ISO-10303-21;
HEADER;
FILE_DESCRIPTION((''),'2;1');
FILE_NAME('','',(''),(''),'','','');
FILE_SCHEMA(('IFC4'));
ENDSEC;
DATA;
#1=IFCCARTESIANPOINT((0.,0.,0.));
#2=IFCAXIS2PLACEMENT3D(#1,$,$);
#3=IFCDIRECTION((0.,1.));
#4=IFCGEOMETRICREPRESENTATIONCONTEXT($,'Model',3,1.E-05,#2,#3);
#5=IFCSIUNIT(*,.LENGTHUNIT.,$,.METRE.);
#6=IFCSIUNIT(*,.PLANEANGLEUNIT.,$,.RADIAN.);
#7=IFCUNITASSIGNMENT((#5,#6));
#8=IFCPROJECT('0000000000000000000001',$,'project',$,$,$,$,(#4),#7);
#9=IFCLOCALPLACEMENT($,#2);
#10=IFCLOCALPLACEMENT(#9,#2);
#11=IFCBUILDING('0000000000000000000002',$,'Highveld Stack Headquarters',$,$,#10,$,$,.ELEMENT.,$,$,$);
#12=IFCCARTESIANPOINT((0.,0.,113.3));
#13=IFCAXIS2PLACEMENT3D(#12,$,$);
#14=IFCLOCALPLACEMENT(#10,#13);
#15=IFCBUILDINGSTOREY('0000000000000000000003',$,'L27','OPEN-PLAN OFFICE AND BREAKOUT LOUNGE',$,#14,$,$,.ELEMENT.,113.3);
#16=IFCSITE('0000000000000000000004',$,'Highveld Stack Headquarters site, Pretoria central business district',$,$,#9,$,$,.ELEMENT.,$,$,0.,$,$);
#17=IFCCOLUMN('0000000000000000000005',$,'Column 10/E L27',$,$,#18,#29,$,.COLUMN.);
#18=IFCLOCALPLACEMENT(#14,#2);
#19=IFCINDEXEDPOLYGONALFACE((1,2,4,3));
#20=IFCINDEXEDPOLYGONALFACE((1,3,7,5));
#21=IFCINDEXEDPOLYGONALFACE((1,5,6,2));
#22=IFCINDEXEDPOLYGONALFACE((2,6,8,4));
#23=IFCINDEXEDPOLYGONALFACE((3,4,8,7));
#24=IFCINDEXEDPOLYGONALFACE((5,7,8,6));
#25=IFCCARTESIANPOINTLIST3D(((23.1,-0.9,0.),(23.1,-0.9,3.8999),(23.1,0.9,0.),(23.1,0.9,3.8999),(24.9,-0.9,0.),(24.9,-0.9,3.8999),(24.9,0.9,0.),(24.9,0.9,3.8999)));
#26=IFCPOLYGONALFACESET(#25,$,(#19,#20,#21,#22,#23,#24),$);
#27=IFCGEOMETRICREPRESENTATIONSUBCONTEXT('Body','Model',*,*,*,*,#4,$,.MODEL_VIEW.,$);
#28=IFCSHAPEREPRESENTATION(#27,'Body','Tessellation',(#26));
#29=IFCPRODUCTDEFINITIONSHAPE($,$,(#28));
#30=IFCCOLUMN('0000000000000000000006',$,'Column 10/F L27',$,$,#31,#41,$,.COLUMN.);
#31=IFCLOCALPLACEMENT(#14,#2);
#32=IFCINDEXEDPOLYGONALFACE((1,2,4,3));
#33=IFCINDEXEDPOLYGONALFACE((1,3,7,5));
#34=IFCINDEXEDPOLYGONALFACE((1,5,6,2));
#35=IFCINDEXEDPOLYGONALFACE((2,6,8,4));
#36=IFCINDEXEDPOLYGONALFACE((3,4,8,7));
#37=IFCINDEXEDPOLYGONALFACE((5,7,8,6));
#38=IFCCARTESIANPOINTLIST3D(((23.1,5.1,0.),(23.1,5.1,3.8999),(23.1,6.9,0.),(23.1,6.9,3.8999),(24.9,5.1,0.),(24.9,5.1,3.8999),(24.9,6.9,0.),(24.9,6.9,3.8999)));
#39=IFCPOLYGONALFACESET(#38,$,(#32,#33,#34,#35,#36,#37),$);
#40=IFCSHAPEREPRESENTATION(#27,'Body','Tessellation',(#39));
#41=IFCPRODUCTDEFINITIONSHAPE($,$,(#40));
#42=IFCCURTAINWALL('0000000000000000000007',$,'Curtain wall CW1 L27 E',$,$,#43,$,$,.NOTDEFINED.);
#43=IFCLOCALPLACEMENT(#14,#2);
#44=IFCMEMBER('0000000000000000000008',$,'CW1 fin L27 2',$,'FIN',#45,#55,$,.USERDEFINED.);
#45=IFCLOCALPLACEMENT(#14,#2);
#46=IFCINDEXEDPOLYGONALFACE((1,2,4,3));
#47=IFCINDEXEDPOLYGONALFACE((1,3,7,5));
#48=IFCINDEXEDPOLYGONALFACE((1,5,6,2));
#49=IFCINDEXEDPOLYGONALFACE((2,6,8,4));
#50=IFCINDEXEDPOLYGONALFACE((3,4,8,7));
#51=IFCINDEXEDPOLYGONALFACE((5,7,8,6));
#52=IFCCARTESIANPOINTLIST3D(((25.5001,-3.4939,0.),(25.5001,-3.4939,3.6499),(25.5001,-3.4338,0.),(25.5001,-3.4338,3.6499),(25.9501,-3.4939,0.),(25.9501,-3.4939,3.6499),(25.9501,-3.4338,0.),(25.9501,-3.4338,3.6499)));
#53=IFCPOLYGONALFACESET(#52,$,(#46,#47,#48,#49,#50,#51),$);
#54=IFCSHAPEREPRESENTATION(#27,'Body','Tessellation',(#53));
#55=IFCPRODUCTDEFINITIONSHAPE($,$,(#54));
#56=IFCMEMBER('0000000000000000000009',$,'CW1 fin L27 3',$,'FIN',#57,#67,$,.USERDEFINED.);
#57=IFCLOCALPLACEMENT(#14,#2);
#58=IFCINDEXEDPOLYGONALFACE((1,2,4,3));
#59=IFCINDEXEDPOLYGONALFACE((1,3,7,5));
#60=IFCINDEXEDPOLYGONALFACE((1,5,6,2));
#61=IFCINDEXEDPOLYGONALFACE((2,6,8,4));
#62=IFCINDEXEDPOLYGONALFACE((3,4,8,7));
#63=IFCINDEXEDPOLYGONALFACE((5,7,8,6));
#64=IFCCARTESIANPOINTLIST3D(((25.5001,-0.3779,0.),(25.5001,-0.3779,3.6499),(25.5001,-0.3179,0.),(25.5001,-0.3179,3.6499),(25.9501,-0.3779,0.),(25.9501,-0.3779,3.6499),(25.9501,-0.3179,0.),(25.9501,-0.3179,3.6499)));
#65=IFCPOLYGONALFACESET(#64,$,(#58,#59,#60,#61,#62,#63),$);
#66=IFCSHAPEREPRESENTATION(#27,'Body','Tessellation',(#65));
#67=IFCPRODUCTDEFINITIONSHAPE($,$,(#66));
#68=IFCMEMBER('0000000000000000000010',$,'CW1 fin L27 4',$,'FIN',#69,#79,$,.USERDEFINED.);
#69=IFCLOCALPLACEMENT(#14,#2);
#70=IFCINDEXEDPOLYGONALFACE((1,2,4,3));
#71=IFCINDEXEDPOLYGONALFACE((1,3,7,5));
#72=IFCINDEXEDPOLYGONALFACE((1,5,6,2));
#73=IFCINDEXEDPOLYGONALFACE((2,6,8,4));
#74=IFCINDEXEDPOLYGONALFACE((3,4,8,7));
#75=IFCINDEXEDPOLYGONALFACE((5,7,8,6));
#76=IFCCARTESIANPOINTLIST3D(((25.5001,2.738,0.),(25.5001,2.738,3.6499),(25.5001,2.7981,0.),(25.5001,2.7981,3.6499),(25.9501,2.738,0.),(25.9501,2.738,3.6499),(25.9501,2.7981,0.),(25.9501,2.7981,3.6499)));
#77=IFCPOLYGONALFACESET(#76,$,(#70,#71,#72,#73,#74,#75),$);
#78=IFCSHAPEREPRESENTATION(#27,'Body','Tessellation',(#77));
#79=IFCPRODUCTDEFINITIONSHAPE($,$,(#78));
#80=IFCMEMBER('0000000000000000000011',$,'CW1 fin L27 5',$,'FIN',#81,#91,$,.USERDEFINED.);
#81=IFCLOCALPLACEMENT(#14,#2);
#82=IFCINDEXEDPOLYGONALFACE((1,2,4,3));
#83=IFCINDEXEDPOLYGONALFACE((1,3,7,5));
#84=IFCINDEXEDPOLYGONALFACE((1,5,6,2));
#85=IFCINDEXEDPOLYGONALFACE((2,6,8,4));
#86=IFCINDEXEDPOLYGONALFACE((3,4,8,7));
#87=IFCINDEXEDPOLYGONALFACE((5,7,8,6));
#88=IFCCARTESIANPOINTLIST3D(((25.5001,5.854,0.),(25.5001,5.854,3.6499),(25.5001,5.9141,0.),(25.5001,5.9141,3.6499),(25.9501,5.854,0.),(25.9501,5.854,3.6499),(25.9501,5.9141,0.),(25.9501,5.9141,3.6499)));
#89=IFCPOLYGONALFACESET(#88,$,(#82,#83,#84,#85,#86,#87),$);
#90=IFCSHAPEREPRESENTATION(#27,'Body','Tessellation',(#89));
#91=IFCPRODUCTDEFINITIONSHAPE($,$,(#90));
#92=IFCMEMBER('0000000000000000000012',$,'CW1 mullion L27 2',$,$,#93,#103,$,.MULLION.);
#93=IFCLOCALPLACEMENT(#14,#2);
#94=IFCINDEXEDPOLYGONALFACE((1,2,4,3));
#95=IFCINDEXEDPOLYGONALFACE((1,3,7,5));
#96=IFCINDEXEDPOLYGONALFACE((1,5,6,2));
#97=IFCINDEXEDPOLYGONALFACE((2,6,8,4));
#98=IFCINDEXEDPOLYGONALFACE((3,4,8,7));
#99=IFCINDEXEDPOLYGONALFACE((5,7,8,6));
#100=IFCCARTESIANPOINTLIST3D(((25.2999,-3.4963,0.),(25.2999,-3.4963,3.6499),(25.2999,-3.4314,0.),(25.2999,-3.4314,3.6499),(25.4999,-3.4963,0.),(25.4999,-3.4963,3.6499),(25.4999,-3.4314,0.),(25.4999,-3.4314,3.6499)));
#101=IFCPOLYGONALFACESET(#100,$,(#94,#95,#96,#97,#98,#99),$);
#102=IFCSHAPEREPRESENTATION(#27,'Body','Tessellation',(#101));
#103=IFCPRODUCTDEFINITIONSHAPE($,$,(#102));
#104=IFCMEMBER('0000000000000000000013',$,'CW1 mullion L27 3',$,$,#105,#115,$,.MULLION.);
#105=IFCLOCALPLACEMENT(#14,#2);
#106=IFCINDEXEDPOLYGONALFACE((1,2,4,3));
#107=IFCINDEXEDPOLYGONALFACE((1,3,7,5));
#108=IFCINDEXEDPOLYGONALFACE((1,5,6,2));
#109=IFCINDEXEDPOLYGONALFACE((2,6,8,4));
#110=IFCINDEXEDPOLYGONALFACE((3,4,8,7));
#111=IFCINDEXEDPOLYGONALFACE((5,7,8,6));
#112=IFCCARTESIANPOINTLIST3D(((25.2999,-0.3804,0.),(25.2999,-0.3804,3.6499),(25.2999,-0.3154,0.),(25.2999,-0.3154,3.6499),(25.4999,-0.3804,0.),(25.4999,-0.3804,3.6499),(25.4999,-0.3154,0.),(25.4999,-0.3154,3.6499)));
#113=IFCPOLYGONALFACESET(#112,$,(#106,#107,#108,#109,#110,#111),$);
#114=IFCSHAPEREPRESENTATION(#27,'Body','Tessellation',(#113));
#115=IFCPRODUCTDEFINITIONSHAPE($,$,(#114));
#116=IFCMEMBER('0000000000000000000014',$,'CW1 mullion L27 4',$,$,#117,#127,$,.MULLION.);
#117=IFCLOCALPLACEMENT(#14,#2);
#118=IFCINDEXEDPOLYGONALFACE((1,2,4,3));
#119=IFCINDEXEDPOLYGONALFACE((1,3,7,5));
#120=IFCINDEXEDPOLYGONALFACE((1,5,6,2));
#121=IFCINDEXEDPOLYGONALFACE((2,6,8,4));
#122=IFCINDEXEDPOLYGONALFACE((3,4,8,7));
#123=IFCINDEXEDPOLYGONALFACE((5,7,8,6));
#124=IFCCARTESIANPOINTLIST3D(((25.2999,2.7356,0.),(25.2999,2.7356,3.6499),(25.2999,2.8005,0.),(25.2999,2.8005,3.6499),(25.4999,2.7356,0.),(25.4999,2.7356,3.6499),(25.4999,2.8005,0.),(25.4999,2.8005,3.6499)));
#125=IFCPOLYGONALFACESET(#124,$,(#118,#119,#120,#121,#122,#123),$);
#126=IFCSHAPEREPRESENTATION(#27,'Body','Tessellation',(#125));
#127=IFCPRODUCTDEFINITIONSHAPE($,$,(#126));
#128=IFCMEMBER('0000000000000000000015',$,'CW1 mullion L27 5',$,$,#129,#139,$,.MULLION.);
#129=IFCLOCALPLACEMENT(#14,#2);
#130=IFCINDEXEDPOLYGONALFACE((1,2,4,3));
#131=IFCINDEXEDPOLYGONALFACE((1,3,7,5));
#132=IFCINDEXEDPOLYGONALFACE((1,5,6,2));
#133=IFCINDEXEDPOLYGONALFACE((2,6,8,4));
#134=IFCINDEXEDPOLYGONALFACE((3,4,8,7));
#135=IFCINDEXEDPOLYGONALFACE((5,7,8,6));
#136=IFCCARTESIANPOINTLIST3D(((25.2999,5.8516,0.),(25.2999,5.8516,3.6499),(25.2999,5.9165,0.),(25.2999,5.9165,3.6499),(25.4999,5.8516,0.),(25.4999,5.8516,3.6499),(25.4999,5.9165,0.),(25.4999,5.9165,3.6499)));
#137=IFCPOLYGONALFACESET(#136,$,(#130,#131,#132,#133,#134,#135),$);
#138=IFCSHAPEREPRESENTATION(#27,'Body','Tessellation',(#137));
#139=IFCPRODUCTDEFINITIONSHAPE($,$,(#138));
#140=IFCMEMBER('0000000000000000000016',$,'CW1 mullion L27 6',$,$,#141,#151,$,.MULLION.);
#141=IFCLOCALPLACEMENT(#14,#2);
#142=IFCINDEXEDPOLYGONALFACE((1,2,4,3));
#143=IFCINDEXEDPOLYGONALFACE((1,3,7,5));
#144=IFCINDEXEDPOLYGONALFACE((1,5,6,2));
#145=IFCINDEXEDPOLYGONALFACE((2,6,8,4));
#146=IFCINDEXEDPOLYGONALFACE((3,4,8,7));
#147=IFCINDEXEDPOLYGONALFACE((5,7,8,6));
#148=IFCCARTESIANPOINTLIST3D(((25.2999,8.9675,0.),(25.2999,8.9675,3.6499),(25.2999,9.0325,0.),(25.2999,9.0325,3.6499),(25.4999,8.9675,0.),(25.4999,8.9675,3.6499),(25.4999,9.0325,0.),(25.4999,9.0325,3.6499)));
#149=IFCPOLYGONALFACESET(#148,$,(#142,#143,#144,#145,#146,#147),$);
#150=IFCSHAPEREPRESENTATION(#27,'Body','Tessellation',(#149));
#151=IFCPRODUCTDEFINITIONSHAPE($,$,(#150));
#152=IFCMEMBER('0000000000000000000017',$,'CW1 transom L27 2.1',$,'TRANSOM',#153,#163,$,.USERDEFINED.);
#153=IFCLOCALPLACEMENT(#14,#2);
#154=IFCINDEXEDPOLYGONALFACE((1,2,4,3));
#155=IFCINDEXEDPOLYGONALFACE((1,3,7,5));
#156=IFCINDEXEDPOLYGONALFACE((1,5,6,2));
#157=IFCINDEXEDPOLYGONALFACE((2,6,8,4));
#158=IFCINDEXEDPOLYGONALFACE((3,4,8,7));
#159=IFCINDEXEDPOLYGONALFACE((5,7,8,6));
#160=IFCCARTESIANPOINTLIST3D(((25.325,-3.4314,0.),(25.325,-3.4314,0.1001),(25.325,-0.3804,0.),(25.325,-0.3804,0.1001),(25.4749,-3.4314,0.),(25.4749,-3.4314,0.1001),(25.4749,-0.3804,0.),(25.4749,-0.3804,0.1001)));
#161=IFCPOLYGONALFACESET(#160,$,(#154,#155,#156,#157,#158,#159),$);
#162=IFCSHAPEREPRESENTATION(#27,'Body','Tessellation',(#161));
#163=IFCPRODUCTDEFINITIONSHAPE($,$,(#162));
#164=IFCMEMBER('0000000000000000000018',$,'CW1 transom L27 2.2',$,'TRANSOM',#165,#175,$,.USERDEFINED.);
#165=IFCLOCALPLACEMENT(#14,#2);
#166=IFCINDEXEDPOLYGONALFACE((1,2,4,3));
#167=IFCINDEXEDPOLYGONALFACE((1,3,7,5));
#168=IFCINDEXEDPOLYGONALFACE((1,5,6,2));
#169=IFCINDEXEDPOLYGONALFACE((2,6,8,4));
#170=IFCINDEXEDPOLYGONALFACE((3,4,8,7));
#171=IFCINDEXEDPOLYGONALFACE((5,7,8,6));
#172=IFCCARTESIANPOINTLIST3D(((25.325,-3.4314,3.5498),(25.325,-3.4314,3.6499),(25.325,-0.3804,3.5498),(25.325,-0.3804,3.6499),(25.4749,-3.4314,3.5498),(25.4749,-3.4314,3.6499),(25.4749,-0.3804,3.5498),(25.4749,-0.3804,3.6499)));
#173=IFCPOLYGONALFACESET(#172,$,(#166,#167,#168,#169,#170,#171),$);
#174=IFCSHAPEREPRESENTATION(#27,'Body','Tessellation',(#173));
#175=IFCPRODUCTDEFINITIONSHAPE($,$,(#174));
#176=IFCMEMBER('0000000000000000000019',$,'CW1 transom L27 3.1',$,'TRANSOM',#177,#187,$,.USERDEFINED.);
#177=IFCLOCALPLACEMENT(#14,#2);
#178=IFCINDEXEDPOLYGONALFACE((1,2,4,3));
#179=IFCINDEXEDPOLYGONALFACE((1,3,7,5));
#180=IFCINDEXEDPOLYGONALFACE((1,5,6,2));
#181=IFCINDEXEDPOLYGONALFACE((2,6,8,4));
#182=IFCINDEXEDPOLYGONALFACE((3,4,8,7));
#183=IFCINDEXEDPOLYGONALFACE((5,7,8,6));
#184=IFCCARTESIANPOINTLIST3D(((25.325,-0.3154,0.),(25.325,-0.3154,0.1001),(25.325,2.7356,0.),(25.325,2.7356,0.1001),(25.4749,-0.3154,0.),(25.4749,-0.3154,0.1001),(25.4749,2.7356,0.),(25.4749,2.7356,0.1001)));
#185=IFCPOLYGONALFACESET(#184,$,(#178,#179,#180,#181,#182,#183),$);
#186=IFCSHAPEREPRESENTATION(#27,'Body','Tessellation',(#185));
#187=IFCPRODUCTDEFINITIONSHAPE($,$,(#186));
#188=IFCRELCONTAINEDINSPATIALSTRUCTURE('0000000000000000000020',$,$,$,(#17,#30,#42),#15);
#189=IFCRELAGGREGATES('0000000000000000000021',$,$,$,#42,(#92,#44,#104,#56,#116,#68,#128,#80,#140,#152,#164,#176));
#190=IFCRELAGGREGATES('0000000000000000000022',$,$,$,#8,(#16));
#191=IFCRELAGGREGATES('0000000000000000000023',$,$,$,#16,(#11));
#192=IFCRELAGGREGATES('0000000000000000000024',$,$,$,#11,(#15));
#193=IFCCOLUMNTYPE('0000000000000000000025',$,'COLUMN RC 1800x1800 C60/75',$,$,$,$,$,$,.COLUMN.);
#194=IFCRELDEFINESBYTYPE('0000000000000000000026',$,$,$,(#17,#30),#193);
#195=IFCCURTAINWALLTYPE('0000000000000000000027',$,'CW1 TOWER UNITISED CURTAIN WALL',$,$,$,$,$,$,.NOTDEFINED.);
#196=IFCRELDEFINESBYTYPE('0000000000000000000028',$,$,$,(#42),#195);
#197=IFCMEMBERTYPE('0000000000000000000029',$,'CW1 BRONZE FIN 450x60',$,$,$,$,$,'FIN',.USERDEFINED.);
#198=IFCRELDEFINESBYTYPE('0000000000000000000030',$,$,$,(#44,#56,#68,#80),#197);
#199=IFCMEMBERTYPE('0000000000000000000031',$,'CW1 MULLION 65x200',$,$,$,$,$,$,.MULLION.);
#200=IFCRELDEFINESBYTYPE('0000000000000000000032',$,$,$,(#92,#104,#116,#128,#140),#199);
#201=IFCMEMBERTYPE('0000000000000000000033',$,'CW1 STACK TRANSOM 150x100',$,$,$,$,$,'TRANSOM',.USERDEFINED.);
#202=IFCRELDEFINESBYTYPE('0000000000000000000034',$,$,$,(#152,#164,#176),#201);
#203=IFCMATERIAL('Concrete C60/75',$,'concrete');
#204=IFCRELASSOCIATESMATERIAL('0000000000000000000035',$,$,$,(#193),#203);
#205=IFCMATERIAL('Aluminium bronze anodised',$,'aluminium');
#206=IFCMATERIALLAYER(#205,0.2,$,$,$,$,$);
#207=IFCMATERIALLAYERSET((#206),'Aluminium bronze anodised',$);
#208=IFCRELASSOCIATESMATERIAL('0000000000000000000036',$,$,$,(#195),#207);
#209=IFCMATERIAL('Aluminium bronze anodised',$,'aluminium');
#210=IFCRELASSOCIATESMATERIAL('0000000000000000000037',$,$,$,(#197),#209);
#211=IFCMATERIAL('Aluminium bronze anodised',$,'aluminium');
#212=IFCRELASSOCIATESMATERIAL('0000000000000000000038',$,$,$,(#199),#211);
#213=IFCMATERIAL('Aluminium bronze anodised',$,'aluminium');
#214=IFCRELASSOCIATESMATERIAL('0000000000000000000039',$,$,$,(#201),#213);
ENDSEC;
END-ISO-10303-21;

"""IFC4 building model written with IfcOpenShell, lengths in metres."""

from ifc_helpers import new_model, si_unit, direction, frame, origin, origin_2d, place, context, subcontext, project, spatial, rectangle, extrude, material, layer, layer_set, material_profile, profile_set, type_object, element, aggregate, save


model = new_model("IFC4")

# Units and contexts
model_context = context("Model", 3, precision=1e-05, world=origin(), true_north=direction((0.0, 1.0)))
body_context = subcontext(model_context, "Body", "Model", "MODEL_VIEW")
ifc_project = project(units=[si_unit("LENGTHUNIT", "METRE"), si_unit("PLANEANGLEUNIT", "RADIAN")], contexts=[model_context])

# Site, building, storey
site_placement = place(None, origin())
site = spatial("IfcSite", under=ifc_project, at=site_placement, Name="Highveld Stack Headquarters site, Pretoria central business district", CompositionType="ELEMENT", RefElevation=0.0)
building_placement = place(site_placement, origin())
building = spatial("IfcBuilding", under=site, at=building_placement, Name="Highveld Stack Headquarters", CompositionType="ELEMENT")
storey_placement = place(building_placement, frame((0.0, 0.0, 113.3)))
storey = spatial("IfcBuildingStorey", under=building, at=storey_placement, Name="L27", Description="OPEN-PLAN OFFICE AND BREAKOUT LOUNGE", CompositionType="ELEMENT", Elevation=113.3)

# Columns
ifc_material_1 = material(Name="Concrete C60/75", Category="concrete")
ifc_material_profile_1 = material_profile(ifc_material_1, rectangle(XDim=1.8, YDim=1.8, at=origin_2d()), Name="RC 1800x1800")
ifc_profile_set_1 = profile_set([ifc_material_profile_1], Name="Concrete C60/75")
column_type = type_object("IfcColumnType", Name="COLUMN RC 1800x1800 C60/75", PredefinedType="COLUMN", material=ifc_profile_set_1)
for number, where, z_axis, x_axis, name in (
    (1, (24.0, 0.0, 0.0), (0.0, 0.0, 1.0), (1.0, 0.0, 0.0), "Column 10/E L27"),
    (2, (24.0, 6.0, 0.0), (0.0, 0.0, 1.0), (1.0, 0.0, 0.0), "Column 10/F L27"),
):
    element("IfcColumn", number, at=place(storey_placement, frame(where, z_axis=z_axis, x_axis=x_axis)), inside=storey, type_object=column_type, Name=name, PredefinedType="COLUMN", context=body_context, shape_type="SweptSolid", body=[
        extrude(rectangle(XDim=1.8, YDim=1.8, at=origin_2d()), origin(), (0.0, 0.0, 1.0), 3.8999),
    ])

# Curtain wall, members
ifc_material_2 = material(Name="Aluminium bronze anodised", Category="aluminium")
ifc_layer_1 = layer(ifc_material_2, 0.2)
ifc_layer_set_1 = layer_set([ifc_layer_1], Name="Aluminium bronze anodised")
curtain_wall_type = type_object("IfcCurtainWallType", Name="CW1 TOWER UNITISED CURTAIN WALL", PredefinedType="NOTDEFINED", material=ifc_layer_set_1)
curtain_wall_placement = place(storey_placement, origin())
curtain_wall = element("IfcCurtainWall", 3, at=curtain_wall_placement, inside=storey, type_object=curtain_wall_type, Name="Curtain wall CW1 L27 E", PredefinedType="NOTDEFINED")
ifc_material_3 = material(Name="Aluminium bronze anodised", Category="aluminium")
ifc_material_profile_2 = material_profile(ifc_material_3, rectangle(XDim=0.45, YDim=0.0601, at=origin_2d()), Name="FIN 450x60")
ifc_profile_set_2 = profile_set([ifc_material_profile_2], Name="Aluminium bronze anodised")
member_type_1 = type_object("IfcMemberType", Name="CW1 BRONZE FIN 450x60", ElementType="FIN", PredefinedType="USERDEFINED", material=ifc_profile_set_2)
member_1_placement = place(storey_placement, frame((25.7251, -3.4639, 0.0), z_axis=(0.0, 0.0, 1.0), x_axis=(-1.0, 0.0, 0.0)))
member_1 = element("IfcMember", 4, at=member_1_placement, type_object=member_type_1, Name="CW1 fin L27 2", ObjectType="FIN", PredefinedType="USERDEFINED", context=body_context, shape_type="SweptSolid", body=[
    extrude(rectangle(XDim=0.45, YDim=0.0601, at=origin_2d()), origin(), (0.0, 0.0, 1.0), 3.6499),
])
member_2_placement = place(storey_placement, frame((25.7251, -0.3479, 0.0), z_axis=(0.0, 0.0, 1.0), x_axis=(-1.0, 0.0, 0.0)))
member_2 = element("IfcMember", 5, at=member_2_placement, type_object=member_type_1, Name="CW1 fin L27 3", ObjectType="FIN", PredefinedType="USERDEFINED", context=body_context, shape_type="SweptSolid", body=[
    extrude(rectangle(XDim=0.45, YDim=0.0601, at=origin_2d()), origin(), (0.0, 0.0, 1.0), 3.6499),
])
member_3_placement = place(storey_placement, frame((25.7251, 2.7681, 0.0), z_axis=(0.0, 0.0, 1.0), x_axis=(-1.0, 0.0, 0.0)))
member_3 = element("IfcMember", 6, at=member_3_placement, type_object=member_type_1, Name="CW1 fin L27 4", ObjectType="FIN", PredefinedType="USERDEFINED", context=body_context, shape_type="SweptSolid", body=[
    extrude(rectangle(XDim=0.45, YDim=0.0601, at=origin_2d()), origin(), (0.0, 0.0, 1.0), 3.6499),
])
member_4_placement = place(storey_placement, frame((25.7251, 5.884, 0.0), z_axis=(0.0, 0.0, 1.0), x_axis=(-1.0, 0.0, 0.0)))
member_4 = element("IfcMember", 7, at=member_4_placement, type_object=member_type_1, Name="CW1 fin L27 5", ObjectType="FIN", PredefinedType="USERDEFINED", context=body_context, shape_type="SweptSolid", body=[
    extrude(rectangle(XDim=0.45, YDim=0.0601, at=origin_2d()), origin(), (0.0, 0.0, 1.0), 3.6499),
])
ifc_material_4 = material(Name="Aluminium bronze anodised", Category="aluminium")
ifc_material_profile_3 = material_profile(ifc_material_4, rectangle(XDim=0.2, YDim=0.0649, at=origin_2d()), Name="CW1 MULLION 65x200")
ifc_profile_set_3 = profile_set([ifc_material_profile_3], Name="Aluminium bronze anodised")
member_type_2 = type_object("IfcMemberType", Name="CW1 MULLION 65x200", PredefinedType="MULLION", material=ifc_profile_set_3)
member_5_placement = place(storey_placement, frame((25.3999, -3.4639, 0.0), z_axis=(0.0, 0.0, 1.0), x_axis=(-1.0, 0.0, 0.0)))
member_5 = element("IfcMember", 8, at=member_5_placement, type_object=member_type_2, Name="CW1 mullion L27 2", PredefinedType="MULLION", context=body_context, shape_type="SweptSolid", body=[
    extrude(rectangle(XDim=0.2, YDim=0.0649, at=origin_2d()), origin(), (0.0, 0.0, 1.0), 3.6499),
])
member_6_placement = place(storey_placement, frame((25.3999, -0.3479, 0.0), z_axis=(0.0, 0.0, 1.0), x_axis=(-1.0, 0.0, 0.0)))
member_6 = element("IfcMember", 9, at=member_6_placement, type_object=member_type_2, Name="CW1 mullion L27 3", PredefinedType="MULLION", context=body_context, shape_type="SweptSolid", body=[
    extrude(rectangle(XDim=0.2, YDim=0.0649, at=origin_2d()), origin(), (0.0, 0.0, 1.0), 3.6499),
])
member_7_placement = place(storey_placement, frame((25.3999, 2.7681, 0.0), z_axis=(0.0, 0.0, 1.0), x_axis=(-1.0, 0.0, 0.0)))
member_7 = element("IfcMember", 10, at=member_7_placement, type_object=member_type_2, Name="CW1 mullion L27 4", PredefinedType="MULLION", context=body_context, shape_type="SweptSolid", body=[
    extrude(rectangle(XDim=0.2, YDim=0.0649, at=origin_2d()), origin(), (0.0, 0.0, 1.0), 3.6499),
])
member_8_placement = place(storey_placement, frame((25.3999, 5.884, 0.0), z_axis=(0.0, 0.0, 1.0), x_axis=(-1.0, 0.0, 0.0)))
member_8 = element("IfcMember", 11, at=member_8_placement, type_object=member_type_2, Name="CW1 mullion L27 5", PredefinedType="MULLION", context=body_context, shape_type="SweptSolid", body=[
    extrude(rectangle(XDim=0.2, YDim=0.0649, at=origin_2d()), origin(), (0.0, 0.0, 1.0), 3.6499),
])
member_9_placement = place(storey_placement, frame((25.3999, 9.0, 0.0), z_axis=(0.0, 0.0, 1.0), x_axis=(-1.0, 0.0, 0.0)))
member_9 = element("IfcMember", 12, at=member_9_placement, type_object=member_type_2, Name="CW1 mullion L27 6", PredefinedType="MULLION", context=body_context, shape_type="SweptSolid", body=[
    extrude(rectangle(XDim=0.2, YDim=0.0649, at=origin_2d()), origin(), (0.0, 0.0, 1.0), 3.6499),
])
ifc_material_5 = material(Name="Aluminium bronze anodised", Category="aluminium")
ifc_material_profile_4 = material_profile(ifc_material_5, rectangle(XDim=0.1499, YDim=0.1001, at=origin_2d()), Name="CW1 TRANSOM 150x100")
ifc_profile_set_4 = profile_set([ifc_material_profile_4], Name="Aluminium bronze anodised")
member_type_3 = type_object("IfcMemberType", Name="CW1 STACK TRANSOM 150x100", ElementType="TRANSOM", PredefinedType="USERDEFINED", material=ifc_profile_set_4)
member_10_placement = place(storey_placement, frame((25.3999, -3.4314, 0.05), z_axis=(0.0, 1.0, 0.0), x_axis=(-1.0, 0.0, 0.0)))
member_10 = element("IfcMember", 13, at=member_10_placement, type_object=member_type_3, Name="CW1 transom L27 2.1", ObjectType="TRANSOM", PredefinedType="USERDEFINED", context=body_context, shape_type="SweptSolid", body=[
    extrude(rectangle(XDim=0.1499, YDim=0.1001, at=origin_2d()), origin(), (0.0, 0.0, 1.0), 3.051),
])
member_11_placement = place(storey_placement, frame((25.3999, -3.4314, 3.5999), z_axis=(0.0, 1.0, 0.0), x_axis=(-1.0, 0.0, 0.0)))
member_11 = element("IfcMember", 14, at=member_11_placement, type_object=member_type_3, Name="CW1 transom L27 2.2", ObjectType="TRANSOM", PredefinedType="USERDEFINED", context=body_context, shape_type="SweptSolid", body=[
    extrude(rectangle(XDim=0.1499, YDim=0.1001, at=origin_2d()), origin(), (0.0, 0.0, 1.0), 3.051),
])
member_12_placement = place(storey_placement, frame((25.3999, -0.3154, 0.05), z_axis=(0.0, 1.0, 0.0), x_axis=(-1.0, 0.0, 0.0)))
member_12 = element("IfcMember", 15, at=member_12_placement, type_object=member_type_3, Name="CW1 transom L27 3.1", ObjectType="TRANSOM", PredefinedType="USERDEFINED", context=body_context, shape_type="SweptSolid", body=[
    extrude(rectangle(XDim=0.1499, YDim=0.1001, at=origin_2d()), origin(), (0.0, 0.0, 1.0), 3.051),
])
aggregate(curtain_wall, [member_5, member_1, member_6, member_2, member_7, member_3, member_8, member_4, member_9, member_10, member_11, member_12])

save(model, "model.ifc")
